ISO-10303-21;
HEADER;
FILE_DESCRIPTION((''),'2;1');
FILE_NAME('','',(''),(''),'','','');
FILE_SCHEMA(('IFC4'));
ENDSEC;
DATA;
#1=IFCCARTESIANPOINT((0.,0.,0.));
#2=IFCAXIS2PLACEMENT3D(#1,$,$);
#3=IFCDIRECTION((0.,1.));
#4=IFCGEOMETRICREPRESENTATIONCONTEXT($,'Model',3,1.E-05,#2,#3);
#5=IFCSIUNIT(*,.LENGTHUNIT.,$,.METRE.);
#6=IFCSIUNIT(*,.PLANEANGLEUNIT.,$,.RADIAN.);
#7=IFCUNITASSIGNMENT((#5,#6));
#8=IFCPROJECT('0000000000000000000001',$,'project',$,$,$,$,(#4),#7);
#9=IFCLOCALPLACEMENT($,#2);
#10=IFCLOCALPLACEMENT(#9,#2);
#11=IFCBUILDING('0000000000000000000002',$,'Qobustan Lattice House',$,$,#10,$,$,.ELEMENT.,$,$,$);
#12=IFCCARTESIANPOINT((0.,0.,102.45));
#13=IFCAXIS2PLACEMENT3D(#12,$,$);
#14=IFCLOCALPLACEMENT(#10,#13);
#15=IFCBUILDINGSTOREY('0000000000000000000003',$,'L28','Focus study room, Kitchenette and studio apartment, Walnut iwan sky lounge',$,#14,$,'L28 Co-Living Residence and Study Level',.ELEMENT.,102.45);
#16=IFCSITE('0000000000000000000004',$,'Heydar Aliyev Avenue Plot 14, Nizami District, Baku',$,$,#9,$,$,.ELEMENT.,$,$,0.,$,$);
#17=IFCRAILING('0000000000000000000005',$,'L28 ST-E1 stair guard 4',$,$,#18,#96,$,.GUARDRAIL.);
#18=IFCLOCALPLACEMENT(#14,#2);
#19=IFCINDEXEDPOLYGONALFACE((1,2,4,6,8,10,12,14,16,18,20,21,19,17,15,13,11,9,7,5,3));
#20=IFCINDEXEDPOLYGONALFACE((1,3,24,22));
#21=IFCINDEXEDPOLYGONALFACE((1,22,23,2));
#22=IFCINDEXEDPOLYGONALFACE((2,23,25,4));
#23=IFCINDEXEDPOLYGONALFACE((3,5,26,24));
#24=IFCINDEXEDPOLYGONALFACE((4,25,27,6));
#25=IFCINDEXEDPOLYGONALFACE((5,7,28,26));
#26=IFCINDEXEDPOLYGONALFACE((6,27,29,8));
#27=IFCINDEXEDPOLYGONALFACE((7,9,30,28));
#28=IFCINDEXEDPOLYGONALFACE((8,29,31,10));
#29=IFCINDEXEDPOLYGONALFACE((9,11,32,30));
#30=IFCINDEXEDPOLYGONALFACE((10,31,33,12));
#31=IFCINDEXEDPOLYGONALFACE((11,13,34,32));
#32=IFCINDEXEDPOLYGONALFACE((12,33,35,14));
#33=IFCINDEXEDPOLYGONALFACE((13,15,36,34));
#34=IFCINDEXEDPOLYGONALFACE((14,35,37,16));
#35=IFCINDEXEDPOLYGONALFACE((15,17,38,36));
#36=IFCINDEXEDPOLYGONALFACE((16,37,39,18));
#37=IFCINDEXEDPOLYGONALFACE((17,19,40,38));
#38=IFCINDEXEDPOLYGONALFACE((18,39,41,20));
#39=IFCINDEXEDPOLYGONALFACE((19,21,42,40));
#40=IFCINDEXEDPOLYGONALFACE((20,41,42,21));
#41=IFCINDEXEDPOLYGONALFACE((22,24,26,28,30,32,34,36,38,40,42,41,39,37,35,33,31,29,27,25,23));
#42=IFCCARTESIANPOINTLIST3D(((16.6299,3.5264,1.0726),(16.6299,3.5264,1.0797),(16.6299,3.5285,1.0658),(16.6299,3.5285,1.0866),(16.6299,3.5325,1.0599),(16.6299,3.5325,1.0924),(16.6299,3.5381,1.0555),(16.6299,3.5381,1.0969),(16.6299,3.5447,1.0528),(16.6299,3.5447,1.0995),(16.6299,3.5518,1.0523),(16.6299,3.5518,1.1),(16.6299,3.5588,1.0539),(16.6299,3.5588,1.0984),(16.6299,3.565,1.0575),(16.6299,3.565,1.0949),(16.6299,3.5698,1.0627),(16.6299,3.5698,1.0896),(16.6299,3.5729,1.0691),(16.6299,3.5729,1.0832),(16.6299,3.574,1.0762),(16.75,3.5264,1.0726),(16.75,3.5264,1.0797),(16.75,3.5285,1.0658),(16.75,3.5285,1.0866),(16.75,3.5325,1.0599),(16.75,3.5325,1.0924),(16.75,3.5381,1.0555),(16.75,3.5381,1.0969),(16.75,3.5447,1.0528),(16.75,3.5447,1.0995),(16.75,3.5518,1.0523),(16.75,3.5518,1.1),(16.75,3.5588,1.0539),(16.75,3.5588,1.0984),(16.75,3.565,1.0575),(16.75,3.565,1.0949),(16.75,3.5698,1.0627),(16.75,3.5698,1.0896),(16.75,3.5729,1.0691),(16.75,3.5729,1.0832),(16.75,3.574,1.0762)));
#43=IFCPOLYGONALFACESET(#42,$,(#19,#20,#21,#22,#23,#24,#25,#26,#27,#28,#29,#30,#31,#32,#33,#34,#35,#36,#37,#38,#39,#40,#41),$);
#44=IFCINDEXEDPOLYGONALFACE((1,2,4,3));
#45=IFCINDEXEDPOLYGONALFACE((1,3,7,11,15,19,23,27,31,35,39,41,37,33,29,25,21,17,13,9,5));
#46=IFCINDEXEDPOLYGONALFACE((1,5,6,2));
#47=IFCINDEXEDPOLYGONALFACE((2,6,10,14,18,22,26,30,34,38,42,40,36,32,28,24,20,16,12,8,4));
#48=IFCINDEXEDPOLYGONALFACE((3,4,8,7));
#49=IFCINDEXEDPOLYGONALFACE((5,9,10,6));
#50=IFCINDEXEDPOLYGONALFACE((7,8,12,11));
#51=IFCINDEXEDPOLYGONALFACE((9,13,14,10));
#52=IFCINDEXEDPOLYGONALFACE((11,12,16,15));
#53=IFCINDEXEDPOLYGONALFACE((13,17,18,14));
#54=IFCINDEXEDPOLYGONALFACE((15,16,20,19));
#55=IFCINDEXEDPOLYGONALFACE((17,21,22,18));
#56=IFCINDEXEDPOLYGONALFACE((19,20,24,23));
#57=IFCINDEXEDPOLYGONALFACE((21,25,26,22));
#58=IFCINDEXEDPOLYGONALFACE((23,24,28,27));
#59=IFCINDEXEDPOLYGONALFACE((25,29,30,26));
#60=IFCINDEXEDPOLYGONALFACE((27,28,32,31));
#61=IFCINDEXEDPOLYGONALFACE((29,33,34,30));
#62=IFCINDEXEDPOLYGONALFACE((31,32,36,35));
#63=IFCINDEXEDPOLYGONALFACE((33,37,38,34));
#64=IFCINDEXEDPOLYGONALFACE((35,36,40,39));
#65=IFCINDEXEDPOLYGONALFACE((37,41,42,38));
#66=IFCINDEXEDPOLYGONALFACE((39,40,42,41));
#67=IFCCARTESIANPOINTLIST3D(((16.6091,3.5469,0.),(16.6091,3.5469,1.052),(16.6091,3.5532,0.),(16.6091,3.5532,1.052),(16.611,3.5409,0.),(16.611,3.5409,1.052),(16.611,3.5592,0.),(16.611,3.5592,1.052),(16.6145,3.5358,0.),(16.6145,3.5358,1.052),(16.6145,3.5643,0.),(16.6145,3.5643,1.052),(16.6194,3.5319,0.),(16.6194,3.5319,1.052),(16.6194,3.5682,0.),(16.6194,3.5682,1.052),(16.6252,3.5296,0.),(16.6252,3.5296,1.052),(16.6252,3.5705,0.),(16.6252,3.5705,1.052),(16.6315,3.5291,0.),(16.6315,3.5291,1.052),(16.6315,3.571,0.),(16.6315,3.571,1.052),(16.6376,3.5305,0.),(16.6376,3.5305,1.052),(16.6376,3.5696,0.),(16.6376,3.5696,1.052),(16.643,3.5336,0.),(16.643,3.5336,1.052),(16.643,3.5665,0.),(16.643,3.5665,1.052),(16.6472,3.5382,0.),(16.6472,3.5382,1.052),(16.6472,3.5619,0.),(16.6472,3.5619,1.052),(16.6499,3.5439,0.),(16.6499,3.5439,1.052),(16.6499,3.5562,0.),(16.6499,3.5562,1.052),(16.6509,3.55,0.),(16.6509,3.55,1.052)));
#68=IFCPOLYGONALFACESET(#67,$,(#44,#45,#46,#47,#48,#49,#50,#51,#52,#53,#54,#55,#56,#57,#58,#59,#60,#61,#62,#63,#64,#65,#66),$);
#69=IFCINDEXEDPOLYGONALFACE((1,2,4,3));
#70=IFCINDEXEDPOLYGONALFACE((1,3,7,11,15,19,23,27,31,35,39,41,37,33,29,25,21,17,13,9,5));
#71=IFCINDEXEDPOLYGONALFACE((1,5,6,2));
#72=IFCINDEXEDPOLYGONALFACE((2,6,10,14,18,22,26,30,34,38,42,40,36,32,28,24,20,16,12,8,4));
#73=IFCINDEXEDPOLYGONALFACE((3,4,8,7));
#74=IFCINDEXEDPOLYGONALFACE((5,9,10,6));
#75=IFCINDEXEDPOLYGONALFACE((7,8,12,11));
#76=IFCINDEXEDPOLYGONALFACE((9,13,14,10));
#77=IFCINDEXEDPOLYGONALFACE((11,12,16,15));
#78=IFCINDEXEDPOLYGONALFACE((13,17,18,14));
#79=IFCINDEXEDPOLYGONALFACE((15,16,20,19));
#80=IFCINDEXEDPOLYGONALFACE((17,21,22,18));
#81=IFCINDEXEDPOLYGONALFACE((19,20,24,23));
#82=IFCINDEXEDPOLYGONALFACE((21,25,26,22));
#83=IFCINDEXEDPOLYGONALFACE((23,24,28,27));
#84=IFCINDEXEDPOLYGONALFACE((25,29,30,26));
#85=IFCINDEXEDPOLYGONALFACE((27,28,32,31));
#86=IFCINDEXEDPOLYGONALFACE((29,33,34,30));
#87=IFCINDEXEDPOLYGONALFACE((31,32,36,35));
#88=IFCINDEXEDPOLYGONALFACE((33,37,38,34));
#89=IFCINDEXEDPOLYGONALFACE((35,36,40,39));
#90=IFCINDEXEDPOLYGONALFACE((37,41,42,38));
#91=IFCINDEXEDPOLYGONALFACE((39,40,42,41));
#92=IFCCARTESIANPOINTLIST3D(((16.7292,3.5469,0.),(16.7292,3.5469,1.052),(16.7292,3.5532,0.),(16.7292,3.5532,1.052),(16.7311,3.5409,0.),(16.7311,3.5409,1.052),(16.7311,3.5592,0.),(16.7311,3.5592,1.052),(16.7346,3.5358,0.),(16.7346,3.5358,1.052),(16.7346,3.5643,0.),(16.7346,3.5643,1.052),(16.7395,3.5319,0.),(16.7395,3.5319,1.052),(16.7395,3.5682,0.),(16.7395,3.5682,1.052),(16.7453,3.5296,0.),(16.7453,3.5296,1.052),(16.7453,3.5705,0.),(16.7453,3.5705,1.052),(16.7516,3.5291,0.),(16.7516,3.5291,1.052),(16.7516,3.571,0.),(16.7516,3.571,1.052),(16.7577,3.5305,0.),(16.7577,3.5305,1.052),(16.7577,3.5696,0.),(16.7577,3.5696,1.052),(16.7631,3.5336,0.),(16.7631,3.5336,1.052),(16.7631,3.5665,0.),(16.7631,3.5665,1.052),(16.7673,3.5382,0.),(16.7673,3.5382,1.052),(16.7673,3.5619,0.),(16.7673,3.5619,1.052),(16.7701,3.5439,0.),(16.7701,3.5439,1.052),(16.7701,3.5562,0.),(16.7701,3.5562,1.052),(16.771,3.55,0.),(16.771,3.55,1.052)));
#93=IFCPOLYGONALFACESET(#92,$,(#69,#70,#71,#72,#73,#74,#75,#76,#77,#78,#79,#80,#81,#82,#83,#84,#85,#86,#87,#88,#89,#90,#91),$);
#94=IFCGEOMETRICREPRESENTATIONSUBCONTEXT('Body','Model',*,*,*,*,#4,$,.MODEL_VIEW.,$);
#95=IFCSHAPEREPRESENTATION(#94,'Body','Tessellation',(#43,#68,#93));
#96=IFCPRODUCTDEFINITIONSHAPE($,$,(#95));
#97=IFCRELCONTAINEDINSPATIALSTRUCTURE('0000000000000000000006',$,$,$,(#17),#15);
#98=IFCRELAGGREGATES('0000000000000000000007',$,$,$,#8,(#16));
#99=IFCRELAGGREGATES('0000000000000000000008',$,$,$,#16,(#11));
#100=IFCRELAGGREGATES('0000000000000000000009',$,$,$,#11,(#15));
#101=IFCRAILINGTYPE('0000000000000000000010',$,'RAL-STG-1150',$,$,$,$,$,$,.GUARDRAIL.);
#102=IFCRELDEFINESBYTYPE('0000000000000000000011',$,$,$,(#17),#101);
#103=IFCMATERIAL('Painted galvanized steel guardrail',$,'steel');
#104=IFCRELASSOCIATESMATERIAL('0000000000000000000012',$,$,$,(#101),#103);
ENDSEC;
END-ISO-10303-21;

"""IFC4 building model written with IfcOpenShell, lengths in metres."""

from ifc_helpers import new_model, si_unit, direction, frame, origin, origin_2d, place, context, subcontext, project, spatial, circle, extrude, material, type_object, element, save


model = new_model("IFC4")

# Units and contexts
model_context = context("Model", 3, precision=1e-05, world=origin(), true_north=direction((0.0, 1.0)))
body_context = subcontext(model_context, "Body", "Model", "MODEL_VIEW")
ifc_project = project(units=[si_unit("LENGTHUNIT", "METRE"), si_unit("PLANEANGLEUNIT", "RADIAN")], contexts=[model_context])

# Site, building, storey
site_placement = place(None, origin())
site = spatial("IfcSite", under=ifc_project, at=site_placement, Name="Heydar Aliyev Avenue Plot 14, Nizami District, Baku", CompositionType="ELEMENT", RefElevation=0.0)
building_placement = place(site_placement, origin())
building = spatial("IfcBuilding", under=site, at=building_placement, Name="Qobustan Lattice House", CompositionType="ELEMENT")
storey_placement = place(building_placement, frame((0.0, 0.0, 102.45)))
storey = spatial("IfcBuildingStorey", under=building, at=storey_placement, Name="L28", Description="Focus study room, Kitchenette and studio apartment, Walnut iwan sky lounge", LongName="L28 Co-Living Residence and Study Level", CompositionType="ELEMENT", Elevation=102.45)

# Railing
ifc_material_1 = material(Name="Painted galvanized steel guardrail", Category="steel")
railing_type_1 = type_object("IfcRailingType", Name="RAL-STG-1150", PredefinedType="GUARDRAIL", material=ifc_material_1)
railing_1_placement = place(storey_placement, frame((16.6299, 3.55, 0.0)))
element("IfcRailing", 1, at=railing_1_placement, inside=storey, type_object=railing_type_1, Name="L28 ST-E1 stair guard 4", PredefinedType="GUARDRAIL", context=body_context, shape_type="SweptSolid", body=[
    extrude(circle(Radius=0.0239, at=origin_2d()), frame((0.0, 0.0, 1.0762), z_axis=(1.0, 0.0, 0.0), x_axis=(0.0, 1.0, 0.0)), (0.0, 0.0, 1.0), 0.1201),
    extrude(circle(Radius=0.021, at=origin_2d()), origin(), (0.0, 0.0, 1.0), 1.052),
    extrude(circle(Radius=0.021, at=origin_2d()), frame((0.1201, 0.0, 0.0)), (0.0, 0.0, 1.0), 1.052),
])

save(model, "model.ifc")
